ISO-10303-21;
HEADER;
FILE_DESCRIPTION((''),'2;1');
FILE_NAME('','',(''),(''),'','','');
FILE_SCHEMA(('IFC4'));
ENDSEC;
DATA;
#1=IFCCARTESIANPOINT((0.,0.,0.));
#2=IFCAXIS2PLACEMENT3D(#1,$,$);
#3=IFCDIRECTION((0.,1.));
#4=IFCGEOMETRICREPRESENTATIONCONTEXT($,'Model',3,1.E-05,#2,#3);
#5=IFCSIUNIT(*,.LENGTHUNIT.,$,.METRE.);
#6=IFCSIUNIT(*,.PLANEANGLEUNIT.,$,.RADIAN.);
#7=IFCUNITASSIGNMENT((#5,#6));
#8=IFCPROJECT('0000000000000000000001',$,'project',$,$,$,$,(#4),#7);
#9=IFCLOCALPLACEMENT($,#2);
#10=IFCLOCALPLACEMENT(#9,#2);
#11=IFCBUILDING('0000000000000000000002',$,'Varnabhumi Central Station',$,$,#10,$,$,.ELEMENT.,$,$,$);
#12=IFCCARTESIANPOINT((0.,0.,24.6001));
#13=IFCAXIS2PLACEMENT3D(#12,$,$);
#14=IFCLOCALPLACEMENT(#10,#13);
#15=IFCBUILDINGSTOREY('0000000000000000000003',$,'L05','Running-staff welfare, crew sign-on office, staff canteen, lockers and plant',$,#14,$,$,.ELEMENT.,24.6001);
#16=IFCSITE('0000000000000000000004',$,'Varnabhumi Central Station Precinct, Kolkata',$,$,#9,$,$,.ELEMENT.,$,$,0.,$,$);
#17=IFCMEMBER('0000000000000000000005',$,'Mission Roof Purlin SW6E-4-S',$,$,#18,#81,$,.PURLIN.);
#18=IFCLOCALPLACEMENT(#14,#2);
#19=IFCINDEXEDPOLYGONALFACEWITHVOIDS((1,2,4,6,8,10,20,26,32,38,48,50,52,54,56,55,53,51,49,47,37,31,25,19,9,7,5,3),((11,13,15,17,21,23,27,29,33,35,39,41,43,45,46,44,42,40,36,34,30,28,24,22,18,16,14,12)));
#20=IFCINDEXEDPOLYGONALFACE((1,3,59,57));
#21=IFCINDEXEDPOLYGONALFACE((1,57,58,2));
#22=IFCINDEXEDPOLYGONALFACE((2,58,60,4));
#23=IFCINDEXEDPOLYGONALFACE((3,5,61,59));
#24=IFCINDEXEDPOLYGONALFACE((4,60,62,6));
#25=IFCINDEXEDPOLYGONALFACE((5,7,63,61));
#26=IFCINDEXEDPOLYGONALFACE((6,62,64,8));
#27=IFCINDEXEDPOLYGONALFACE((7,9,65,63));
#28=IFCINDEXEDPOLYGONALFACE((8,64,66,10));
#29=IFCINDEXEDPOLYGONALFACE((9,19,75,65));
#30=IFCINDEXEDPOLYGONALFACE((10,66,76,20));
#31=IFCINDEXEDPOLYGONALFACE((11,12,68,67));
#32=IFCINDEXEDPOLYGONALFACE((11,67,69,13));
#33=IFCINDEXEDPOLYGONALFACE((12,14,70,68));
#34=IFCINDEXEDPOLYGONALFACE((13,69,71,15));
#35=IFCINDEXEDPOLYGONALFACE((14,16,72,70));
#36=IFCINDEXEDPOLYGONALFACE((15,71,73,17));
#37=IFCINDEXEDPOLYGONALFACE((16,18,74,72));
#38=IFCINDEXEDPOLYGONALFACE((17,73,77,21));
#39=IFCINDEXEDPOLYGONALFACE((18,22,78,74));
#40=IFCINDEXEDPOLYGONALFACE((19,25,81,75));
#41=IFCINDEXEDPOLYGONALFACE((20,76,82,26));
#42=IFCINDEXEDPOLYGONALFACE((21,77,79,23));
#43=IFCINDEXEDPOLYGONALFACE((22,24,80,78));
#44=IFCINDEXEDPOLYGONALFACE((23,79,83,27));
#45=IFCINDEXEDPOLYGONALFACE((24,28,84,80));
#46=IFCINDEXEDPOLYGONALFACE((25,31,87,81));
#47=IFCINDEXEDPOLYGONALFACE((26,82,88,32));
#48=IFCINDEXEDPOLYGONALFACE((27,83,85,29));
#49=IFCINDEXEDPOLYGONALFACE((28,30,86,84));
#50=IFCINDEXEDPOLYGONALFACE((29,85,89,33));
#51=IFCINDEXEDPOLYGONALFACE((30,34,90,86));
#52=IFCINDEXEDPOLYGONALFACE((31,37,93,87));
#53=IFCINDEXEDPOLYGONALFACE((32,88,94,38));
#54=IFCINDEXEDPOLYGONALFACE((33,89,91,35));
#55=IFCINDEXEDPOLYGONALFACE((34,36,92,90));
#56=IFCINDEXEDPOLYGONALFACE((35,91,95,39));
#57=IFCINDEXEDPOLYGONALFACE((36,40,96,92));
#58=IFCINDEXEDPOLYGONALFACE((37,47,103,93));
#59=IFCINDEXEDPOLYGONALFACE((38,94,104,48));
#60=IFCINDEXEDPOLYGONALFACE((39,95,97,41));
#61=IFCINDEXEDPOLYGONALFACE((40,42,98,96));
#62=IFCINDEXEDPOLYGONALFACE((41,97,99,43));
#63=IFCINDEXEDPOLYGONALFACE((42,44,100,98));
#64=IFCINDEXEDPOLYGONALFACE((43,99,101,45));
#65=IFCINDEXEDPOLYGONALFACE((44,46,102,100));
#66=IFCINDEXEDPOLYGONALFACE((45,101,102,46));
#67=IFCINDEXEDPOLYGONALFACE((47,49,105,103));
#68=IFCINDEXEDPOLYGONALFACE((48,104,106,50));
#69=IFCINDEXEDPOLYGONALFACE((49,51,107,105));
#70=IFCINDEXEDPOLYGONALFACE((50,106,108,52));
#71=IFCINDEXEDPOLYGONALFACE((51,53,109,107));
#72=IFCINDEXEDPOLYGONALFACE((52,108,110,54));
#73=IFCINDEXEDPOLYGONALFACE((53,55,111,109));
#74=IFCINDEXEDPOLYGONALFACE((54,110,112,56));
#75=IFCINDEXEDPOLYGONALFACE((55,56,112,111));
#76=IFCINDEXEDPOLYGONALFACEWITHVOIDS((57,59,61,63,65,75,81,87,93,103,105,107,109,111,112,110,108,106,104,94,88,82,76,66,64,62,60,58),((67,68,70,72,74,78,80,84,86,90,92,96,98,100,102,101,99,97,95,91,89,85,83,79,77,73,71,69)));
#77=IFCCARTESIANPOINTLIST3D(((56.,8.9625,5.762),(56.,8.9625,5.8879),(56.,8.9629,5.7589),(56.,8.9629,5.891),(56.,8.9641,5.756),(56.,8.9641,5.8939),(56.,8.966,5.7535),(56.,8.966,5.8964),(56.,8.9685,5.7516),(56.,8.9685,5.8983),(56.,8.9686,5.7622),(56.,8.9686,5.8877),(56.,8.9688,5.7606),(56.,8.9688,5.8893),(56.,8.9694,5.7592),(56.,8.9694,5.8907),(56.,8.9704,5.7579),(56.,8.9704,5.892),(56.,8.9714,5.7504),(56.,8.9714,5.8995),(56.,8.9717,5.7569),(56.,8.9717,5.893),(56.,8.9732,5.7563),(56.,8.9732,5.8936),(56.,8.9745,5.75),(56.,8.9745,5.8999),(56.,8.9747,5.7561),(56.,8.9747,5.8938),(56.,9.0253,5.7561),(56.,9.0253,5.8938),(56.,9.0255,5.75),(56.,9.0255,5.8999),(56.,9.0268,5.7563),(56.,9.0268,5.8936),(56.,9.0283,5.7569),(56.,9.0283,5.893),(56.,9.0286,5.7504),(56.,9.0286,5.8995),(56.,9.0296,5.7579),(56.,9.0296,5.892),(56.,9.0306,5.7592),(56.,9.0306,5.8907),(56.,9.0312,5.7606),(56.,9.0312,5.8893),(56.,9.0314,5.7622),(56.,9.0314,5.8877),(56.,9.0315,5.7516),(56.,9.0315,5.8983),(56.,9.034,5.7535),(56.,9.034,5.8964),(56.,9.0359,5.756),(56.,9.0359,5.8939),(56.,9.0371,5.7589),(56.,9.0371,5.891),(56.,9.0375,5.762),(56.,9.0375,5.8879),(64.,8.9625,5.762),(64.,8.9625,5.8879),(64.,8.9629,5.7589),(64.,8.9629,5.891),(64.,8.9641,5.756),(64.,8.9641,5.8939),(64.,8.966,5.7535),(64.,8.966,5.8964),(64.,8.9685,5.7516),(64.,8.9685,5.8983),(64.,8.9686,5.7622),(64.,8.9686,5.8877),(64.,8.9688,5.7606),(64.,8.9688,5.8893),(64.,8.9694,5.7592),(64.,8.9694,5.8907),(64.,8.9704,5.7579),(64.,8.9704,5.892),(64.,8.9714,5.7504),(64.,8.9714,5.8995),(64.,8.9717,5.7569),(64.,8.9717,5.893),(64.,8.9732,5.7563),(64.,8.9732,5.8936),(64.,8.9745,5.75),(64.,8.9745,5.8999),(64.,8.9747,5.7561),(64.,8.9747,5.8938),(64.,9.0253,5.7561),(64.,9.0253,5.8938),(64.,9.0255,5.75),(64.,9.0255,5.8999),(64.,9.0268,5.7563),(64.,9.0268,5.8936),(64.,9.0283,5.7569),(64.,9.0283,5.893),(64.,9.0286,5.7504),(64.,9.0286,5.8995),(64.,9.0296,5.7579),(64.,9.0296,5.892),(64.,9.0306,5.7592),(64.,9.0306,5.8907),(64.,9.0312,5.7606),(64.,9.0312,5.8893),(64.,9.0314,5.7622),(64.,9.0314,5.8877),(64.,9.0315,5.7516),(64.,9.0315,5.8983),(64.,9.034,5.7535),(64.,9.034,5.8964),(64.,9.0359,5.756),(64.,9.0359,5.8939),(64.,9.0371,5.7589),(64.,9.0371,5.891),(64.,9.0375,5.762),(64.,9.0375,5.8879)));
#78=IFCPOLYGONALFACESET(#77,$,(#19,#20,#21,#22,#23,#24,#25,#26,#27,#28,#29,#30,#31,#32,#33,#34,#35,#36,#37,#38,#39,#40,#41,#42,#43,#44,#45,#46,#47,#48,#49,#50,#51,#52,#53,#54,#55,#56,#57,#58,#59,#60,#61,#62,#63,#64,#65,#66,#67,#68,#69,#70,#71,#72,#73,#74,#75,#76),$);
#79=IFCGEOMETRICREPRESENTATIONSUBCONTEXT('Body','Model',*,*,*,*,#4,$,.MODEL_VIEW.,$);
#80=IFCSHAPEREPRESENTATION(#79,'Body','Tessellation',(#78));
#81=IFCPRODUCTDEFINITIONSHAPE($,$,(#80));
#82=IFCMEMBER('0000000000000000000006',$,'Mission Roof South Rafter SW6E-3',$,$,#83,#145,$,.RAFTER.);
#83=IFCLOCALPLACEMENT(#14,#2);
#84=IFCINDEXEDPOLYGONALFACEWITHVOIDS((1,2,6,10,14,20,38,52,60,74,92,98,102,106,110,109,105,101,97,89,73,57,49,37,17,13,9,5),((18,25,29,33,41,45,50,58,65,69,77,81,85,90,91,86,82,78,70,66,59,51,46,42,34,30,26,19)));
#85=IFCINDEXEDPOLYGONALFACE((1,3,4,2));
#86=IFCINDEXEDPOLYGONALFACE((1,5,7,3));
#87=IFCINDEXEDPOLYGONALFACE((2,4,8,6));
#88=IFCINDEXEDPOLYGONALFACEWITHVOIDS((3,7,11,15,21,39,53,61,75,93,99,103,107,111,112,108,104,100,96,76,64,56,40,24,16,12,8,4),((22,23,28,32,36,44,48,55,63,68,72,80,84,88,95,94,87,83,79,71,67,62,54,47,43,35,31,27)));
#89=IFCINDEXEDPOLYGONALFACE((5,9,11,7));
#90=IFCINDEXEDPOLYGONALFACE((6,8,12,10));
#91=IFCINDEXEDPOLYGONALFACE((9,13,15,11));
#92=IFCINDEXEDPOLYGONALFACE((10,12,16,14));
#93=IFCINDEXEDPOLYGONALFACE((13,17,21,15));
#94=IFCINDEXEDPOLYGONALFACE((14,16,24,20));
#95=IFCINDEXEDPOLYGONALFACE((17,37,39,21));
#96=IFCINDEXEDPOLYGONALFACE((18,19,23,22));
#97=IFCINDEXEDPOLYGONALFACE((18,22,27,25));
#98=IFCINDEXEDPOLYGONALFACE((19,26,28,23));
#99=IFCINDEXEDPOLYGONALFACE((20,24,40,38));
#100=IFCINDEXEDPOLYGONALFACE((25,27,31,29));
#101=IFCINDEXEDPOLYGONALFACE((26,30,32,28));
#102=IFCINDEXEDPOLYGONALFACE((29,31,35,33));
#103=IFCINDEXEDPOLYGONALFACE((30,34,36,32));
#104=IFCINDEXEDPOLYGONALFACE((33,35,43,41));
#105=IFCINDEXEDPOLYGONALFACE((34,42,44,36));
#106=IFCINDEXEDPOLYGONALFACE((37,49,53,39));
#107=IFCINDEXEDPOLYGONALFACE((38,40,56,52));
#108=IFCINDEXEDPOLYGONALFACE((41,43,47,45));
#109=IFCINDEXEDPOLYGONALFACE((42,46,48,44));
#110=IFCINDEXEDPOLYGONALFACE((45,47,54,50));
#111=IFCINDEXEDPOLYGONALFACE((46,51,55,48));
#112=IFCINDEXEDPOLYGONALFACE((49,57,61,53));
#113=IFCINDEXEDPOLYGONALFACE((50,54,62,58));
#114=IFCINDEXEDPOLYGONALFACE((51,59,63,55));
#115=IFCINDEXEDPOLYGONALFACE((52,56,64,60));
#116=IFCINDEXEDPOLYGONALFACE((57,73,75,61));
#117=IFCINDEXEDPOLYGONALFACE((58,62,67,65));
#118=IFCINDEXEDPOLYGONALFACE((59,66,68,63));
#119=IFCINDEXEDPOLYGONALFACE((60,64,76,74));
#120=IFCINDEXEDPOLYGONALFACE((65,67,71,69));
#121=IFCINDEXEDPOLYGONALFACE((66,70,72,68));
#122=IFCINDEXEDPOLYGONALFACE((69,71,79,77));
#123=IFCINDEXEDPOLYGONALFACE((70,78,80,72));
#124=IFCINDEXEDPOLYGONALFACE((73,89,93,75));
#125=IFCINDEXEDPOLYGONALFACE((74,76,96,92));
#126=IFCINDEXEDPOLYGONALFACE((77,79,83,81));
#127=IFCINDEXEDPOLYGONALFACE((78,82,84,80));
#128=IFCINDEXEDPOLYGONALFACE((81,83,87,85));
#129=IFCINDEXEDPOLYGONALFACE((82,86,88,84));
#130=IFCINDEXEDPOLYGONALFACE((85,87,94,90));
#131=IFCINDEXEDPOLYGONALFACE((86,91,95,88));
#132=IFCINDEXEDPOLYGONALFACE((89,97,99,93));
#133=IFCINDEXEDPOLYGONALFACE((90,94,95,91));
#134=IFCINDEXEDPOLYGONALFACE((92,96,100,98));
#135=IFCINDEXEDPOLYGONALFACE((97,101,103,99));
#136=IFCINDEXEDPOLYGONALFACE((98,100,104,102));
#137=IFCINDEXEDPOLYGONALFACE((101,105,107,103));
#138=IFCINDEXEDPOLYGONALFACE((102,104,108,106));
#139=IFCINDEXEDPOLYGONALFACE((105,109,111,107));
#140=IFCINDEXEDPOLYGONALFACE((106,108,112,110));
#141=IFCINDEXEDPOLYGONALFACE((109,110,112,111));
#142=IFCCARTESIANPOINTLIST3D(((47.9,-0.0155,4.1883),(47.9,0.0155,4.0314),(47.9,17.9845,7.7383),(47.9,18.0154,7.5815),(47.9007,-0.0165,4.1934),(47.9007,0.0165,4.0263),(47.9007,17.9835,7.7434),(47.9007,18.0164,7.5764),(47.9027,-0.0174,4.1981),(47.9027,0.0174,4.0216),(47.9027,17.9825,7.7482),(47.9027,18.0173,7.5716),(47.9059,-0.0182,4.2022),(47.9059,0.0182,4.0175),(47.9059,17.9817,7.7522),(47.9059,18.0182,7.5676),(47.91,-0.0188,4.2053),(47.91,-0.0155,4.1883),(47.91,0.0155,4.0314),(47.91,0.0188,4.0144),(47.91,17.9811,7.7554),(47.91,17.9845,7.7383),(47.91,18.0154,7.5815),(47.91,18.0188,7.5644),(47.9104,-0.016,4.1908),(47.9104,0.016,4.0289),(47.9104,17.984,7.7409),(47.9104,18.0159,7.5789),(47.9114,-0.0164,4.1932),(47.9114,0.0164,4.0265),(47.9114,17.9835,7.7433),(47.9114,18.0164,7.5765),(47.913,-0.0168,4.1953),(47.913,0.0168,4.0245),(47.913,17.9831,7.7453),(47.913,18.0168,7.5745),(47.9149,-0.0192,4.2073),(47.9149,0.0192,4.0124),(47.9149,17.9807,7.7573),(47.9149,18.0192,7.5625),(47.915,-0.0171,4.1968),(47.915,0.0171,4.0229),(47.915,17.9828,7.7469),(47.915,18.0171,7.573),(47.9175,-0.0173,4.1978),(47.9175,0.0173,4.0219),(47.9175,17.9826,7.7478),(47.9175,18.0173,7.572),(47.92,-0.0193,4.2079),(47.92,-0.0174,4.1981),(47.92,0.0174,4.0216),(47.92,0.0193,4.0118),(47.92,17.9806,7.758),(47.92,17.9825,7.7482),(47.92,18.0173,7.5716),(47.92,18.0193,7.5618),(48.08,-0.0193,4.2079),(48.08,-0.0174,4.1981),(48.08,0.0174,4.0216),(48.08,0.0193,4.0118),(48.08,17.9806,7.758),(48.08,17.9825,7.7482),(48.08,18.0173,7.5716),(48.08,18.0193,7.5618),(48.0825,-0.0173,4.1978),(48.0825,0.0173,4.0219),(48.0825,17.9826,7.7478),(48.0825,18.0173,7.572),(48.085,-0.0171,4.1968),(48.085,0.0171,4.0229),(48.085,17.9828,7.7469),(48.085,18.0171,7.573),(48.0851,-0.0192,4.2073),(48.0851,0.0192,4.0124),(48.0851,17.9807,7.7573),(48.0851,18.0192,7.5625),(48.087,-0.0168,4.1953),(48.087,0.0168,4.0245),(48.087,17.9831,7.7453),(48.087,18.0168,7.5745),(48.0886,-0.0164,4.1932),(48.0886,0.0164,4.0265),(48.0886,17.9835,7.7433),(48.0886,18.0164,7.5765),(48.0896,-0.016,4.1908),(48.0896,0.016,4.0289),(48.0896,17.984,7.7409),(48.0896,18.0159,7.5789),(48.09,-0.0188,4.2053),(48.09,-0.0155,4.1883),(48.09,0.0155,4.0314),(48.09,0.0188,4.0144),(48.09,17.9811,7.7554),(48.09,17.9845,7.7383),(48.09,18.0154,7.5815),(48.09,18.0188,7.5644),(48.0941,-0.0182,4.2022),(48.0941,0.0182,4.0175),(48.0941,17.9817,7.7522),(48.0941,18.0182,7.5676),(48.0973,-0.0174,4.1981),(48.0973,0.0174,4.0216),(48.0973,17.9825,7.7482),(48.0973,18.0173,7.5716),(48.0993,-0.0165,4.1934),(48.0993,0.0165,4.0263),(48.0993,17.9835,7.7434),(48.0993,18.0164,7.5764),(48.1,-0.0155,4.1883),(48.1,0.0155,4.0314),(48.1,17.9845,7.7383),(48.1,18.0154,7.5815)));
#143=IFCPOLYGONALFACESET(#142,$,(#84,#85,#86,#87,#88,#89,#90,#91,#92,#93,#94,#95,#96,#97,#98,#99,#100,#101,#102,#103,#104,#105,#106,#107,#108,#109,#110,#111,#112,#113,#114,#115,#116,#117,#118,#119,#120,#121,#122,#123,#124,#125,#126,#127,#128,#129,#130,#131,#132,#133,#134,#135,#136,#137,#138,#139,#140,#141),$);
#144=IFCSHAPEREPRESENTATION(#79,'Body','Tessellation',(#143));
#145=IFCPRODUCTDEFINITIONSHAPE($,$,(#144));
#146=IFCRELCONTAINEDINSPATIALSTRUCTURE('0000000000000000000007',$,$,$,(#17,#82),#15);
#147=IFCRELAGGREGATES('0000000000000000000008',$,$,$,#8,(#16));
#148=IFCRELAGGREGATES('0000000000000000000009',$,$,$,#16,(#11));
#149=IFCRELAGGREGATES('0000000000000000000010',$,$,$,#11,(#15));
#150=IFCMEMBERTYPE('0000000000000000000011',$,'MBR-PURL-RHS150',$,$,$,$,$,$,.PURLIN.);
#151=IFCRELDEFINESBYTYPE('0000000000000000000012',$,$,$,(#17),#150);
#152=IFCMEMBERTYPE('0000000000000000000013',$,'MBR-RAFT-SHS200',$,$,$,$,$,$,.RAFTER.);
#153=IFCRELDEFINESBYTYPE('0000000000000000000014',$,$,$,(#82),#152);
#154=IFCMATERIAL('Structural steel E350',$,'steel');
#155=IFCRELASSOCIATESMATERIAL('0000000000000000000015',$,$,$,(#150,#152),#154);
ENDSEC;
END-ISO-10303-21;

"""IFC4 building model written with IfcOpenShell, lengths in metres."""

from ifc_helpers import new_model, si_unit, direction, frame, origin, origin_2d, place, context, subcontext, project, spatial, hollow_rectangle, extrude, material, material_profile, profile_set, type_object, element, save


model = new_model("IFC4")

# Units and contexts
model_context = context("Model", 3, precision=1e-05, world=origin(), true_north=direction((0.0, 1.0)))
body_context = subcontext(model_context, "Body", "Model", "MODEL_VIEW")
ifc_project = project(units=[si_unit("LENGTHUNIT", "METRE"), si_unit("PLANEANGLEUNIT", "RADIAN")], contexts=[model_context])

# Site, building, storey
site_placement = place(None, origin())
site = spatial("IfcSite", under=ifc_project, at=site_placement, Name="Varnabhumi Central Station Precinct, Kolkata", CompositionType="ELEMENT", RefElevation=0.0)
building_placement = place(site_placement, origin())
building = spatial("IfcBuilding", under=site, at=building_placement, Name="Varnabhumi Central Station", CompositionType="ELEMENT")
storey_placement = place(building_placement, frame((0.0, 0.0, 24.6001)))
storey = spatial("IfcBuildingStorey", under=building, at=storey_placement, Name="L05", Description="Running-staff welfare, crew sign-on office, staff canteen, lockers and plant", CompositionType="ELEMENT", Elevation=24.6001)

# Shared definitions
ifc_material_1 = material(Name="Structural steel E350", Category="steel")

# Members
ifc_material_profile_1 = material_profile(ifc_material_1, hollow_rectangle(XDim=0.075, YDim=0.1499, WallThickness=0.0061, InnerFilletRadius=0.0061, OuterFilletRadius=0.012, at=origin_2d()), Name="Structural steel E350", Category="steel")
ifc_profile_set_1 = profile_set([ifc_material_profile_1], Name="Structural steel E350")
member_type_1 = type_object("IfcMemberType", Name="MBR-PURL-RHS150", PredefinedType="PURLIN", material=ifc_profile_set_1)
for number, where, z_axis, x_axis, name in (
    (1, (56.0, 9.0, 5.825), (1.0, 0.0, 0.0), (0.0, 1.0, 0.0), "Mission Roof Purlin SW6E-4-S"),
):
    element("IfcMember", number, at=place(storey_placement, frame(where, z_axis=z_axis, x_axis=x_axis)), inside=storey, type_object=member_type_1, Name=name, PredefinedType="PURLIN", context=body_context, shape_type="SweptSolid", body=[
        extrude(hollow_rectangle(XDim=0.075, YDim=0.1499, WallThickness=0.0061, InnerFilletRadius=0.0061, OuterFilletRadius=0.012, at=origin_2d()), origin(), (0.0, 0.0, 1.0), 8.0),
    ])
ifc_material_profile_2 = material_profile(ifc_material_1, hollow_rectangle(XDim=0.2, YDim=0.2, WallThickness=0.01, InnerFilletRadius=0.01, OuterFilletRadius=0.02, at=origin_2d()), Name="Structural steel E350", Category="steel")
ifc_profile_set_2 = profile_set([ifc_material_profile_2], Name="Structural steel E350")
member_type_2 = type_object("IfcMemberType", Name="MBR-RAFT-SHS200", PredefinedType="RAFTER", material=ifc_profile_set_2)
for number, where, z_axis, x_axis, name in (
    (2, (48.0, 0.0, 4.1099), (0.0, 0.981101, 0.193498), (-1.0, 0.0, 0.0), "Mission Roof South Rafter SW6E-3"),
):
    element("IfcMember", number, at=place(storey_placement, frame(where, z_axis=z_axis, x_axis=x_axis)), inside=storey, type_object=member_type_2, Name=name, PredefinedType="RAFTER", context=body_context, shape_type="SweptSolid", body=[
        extrude(hollow_rectangle(XDim=0.2, YDim=0.2, WallThickness=0.01, InnerFilletRadius=0.01, OuterFilletRadius=0.02, at=origin_2d()), origin(), (0.0, 0.0, 1.0), 18.3467),
    ])

save(model, "model.ifc")
